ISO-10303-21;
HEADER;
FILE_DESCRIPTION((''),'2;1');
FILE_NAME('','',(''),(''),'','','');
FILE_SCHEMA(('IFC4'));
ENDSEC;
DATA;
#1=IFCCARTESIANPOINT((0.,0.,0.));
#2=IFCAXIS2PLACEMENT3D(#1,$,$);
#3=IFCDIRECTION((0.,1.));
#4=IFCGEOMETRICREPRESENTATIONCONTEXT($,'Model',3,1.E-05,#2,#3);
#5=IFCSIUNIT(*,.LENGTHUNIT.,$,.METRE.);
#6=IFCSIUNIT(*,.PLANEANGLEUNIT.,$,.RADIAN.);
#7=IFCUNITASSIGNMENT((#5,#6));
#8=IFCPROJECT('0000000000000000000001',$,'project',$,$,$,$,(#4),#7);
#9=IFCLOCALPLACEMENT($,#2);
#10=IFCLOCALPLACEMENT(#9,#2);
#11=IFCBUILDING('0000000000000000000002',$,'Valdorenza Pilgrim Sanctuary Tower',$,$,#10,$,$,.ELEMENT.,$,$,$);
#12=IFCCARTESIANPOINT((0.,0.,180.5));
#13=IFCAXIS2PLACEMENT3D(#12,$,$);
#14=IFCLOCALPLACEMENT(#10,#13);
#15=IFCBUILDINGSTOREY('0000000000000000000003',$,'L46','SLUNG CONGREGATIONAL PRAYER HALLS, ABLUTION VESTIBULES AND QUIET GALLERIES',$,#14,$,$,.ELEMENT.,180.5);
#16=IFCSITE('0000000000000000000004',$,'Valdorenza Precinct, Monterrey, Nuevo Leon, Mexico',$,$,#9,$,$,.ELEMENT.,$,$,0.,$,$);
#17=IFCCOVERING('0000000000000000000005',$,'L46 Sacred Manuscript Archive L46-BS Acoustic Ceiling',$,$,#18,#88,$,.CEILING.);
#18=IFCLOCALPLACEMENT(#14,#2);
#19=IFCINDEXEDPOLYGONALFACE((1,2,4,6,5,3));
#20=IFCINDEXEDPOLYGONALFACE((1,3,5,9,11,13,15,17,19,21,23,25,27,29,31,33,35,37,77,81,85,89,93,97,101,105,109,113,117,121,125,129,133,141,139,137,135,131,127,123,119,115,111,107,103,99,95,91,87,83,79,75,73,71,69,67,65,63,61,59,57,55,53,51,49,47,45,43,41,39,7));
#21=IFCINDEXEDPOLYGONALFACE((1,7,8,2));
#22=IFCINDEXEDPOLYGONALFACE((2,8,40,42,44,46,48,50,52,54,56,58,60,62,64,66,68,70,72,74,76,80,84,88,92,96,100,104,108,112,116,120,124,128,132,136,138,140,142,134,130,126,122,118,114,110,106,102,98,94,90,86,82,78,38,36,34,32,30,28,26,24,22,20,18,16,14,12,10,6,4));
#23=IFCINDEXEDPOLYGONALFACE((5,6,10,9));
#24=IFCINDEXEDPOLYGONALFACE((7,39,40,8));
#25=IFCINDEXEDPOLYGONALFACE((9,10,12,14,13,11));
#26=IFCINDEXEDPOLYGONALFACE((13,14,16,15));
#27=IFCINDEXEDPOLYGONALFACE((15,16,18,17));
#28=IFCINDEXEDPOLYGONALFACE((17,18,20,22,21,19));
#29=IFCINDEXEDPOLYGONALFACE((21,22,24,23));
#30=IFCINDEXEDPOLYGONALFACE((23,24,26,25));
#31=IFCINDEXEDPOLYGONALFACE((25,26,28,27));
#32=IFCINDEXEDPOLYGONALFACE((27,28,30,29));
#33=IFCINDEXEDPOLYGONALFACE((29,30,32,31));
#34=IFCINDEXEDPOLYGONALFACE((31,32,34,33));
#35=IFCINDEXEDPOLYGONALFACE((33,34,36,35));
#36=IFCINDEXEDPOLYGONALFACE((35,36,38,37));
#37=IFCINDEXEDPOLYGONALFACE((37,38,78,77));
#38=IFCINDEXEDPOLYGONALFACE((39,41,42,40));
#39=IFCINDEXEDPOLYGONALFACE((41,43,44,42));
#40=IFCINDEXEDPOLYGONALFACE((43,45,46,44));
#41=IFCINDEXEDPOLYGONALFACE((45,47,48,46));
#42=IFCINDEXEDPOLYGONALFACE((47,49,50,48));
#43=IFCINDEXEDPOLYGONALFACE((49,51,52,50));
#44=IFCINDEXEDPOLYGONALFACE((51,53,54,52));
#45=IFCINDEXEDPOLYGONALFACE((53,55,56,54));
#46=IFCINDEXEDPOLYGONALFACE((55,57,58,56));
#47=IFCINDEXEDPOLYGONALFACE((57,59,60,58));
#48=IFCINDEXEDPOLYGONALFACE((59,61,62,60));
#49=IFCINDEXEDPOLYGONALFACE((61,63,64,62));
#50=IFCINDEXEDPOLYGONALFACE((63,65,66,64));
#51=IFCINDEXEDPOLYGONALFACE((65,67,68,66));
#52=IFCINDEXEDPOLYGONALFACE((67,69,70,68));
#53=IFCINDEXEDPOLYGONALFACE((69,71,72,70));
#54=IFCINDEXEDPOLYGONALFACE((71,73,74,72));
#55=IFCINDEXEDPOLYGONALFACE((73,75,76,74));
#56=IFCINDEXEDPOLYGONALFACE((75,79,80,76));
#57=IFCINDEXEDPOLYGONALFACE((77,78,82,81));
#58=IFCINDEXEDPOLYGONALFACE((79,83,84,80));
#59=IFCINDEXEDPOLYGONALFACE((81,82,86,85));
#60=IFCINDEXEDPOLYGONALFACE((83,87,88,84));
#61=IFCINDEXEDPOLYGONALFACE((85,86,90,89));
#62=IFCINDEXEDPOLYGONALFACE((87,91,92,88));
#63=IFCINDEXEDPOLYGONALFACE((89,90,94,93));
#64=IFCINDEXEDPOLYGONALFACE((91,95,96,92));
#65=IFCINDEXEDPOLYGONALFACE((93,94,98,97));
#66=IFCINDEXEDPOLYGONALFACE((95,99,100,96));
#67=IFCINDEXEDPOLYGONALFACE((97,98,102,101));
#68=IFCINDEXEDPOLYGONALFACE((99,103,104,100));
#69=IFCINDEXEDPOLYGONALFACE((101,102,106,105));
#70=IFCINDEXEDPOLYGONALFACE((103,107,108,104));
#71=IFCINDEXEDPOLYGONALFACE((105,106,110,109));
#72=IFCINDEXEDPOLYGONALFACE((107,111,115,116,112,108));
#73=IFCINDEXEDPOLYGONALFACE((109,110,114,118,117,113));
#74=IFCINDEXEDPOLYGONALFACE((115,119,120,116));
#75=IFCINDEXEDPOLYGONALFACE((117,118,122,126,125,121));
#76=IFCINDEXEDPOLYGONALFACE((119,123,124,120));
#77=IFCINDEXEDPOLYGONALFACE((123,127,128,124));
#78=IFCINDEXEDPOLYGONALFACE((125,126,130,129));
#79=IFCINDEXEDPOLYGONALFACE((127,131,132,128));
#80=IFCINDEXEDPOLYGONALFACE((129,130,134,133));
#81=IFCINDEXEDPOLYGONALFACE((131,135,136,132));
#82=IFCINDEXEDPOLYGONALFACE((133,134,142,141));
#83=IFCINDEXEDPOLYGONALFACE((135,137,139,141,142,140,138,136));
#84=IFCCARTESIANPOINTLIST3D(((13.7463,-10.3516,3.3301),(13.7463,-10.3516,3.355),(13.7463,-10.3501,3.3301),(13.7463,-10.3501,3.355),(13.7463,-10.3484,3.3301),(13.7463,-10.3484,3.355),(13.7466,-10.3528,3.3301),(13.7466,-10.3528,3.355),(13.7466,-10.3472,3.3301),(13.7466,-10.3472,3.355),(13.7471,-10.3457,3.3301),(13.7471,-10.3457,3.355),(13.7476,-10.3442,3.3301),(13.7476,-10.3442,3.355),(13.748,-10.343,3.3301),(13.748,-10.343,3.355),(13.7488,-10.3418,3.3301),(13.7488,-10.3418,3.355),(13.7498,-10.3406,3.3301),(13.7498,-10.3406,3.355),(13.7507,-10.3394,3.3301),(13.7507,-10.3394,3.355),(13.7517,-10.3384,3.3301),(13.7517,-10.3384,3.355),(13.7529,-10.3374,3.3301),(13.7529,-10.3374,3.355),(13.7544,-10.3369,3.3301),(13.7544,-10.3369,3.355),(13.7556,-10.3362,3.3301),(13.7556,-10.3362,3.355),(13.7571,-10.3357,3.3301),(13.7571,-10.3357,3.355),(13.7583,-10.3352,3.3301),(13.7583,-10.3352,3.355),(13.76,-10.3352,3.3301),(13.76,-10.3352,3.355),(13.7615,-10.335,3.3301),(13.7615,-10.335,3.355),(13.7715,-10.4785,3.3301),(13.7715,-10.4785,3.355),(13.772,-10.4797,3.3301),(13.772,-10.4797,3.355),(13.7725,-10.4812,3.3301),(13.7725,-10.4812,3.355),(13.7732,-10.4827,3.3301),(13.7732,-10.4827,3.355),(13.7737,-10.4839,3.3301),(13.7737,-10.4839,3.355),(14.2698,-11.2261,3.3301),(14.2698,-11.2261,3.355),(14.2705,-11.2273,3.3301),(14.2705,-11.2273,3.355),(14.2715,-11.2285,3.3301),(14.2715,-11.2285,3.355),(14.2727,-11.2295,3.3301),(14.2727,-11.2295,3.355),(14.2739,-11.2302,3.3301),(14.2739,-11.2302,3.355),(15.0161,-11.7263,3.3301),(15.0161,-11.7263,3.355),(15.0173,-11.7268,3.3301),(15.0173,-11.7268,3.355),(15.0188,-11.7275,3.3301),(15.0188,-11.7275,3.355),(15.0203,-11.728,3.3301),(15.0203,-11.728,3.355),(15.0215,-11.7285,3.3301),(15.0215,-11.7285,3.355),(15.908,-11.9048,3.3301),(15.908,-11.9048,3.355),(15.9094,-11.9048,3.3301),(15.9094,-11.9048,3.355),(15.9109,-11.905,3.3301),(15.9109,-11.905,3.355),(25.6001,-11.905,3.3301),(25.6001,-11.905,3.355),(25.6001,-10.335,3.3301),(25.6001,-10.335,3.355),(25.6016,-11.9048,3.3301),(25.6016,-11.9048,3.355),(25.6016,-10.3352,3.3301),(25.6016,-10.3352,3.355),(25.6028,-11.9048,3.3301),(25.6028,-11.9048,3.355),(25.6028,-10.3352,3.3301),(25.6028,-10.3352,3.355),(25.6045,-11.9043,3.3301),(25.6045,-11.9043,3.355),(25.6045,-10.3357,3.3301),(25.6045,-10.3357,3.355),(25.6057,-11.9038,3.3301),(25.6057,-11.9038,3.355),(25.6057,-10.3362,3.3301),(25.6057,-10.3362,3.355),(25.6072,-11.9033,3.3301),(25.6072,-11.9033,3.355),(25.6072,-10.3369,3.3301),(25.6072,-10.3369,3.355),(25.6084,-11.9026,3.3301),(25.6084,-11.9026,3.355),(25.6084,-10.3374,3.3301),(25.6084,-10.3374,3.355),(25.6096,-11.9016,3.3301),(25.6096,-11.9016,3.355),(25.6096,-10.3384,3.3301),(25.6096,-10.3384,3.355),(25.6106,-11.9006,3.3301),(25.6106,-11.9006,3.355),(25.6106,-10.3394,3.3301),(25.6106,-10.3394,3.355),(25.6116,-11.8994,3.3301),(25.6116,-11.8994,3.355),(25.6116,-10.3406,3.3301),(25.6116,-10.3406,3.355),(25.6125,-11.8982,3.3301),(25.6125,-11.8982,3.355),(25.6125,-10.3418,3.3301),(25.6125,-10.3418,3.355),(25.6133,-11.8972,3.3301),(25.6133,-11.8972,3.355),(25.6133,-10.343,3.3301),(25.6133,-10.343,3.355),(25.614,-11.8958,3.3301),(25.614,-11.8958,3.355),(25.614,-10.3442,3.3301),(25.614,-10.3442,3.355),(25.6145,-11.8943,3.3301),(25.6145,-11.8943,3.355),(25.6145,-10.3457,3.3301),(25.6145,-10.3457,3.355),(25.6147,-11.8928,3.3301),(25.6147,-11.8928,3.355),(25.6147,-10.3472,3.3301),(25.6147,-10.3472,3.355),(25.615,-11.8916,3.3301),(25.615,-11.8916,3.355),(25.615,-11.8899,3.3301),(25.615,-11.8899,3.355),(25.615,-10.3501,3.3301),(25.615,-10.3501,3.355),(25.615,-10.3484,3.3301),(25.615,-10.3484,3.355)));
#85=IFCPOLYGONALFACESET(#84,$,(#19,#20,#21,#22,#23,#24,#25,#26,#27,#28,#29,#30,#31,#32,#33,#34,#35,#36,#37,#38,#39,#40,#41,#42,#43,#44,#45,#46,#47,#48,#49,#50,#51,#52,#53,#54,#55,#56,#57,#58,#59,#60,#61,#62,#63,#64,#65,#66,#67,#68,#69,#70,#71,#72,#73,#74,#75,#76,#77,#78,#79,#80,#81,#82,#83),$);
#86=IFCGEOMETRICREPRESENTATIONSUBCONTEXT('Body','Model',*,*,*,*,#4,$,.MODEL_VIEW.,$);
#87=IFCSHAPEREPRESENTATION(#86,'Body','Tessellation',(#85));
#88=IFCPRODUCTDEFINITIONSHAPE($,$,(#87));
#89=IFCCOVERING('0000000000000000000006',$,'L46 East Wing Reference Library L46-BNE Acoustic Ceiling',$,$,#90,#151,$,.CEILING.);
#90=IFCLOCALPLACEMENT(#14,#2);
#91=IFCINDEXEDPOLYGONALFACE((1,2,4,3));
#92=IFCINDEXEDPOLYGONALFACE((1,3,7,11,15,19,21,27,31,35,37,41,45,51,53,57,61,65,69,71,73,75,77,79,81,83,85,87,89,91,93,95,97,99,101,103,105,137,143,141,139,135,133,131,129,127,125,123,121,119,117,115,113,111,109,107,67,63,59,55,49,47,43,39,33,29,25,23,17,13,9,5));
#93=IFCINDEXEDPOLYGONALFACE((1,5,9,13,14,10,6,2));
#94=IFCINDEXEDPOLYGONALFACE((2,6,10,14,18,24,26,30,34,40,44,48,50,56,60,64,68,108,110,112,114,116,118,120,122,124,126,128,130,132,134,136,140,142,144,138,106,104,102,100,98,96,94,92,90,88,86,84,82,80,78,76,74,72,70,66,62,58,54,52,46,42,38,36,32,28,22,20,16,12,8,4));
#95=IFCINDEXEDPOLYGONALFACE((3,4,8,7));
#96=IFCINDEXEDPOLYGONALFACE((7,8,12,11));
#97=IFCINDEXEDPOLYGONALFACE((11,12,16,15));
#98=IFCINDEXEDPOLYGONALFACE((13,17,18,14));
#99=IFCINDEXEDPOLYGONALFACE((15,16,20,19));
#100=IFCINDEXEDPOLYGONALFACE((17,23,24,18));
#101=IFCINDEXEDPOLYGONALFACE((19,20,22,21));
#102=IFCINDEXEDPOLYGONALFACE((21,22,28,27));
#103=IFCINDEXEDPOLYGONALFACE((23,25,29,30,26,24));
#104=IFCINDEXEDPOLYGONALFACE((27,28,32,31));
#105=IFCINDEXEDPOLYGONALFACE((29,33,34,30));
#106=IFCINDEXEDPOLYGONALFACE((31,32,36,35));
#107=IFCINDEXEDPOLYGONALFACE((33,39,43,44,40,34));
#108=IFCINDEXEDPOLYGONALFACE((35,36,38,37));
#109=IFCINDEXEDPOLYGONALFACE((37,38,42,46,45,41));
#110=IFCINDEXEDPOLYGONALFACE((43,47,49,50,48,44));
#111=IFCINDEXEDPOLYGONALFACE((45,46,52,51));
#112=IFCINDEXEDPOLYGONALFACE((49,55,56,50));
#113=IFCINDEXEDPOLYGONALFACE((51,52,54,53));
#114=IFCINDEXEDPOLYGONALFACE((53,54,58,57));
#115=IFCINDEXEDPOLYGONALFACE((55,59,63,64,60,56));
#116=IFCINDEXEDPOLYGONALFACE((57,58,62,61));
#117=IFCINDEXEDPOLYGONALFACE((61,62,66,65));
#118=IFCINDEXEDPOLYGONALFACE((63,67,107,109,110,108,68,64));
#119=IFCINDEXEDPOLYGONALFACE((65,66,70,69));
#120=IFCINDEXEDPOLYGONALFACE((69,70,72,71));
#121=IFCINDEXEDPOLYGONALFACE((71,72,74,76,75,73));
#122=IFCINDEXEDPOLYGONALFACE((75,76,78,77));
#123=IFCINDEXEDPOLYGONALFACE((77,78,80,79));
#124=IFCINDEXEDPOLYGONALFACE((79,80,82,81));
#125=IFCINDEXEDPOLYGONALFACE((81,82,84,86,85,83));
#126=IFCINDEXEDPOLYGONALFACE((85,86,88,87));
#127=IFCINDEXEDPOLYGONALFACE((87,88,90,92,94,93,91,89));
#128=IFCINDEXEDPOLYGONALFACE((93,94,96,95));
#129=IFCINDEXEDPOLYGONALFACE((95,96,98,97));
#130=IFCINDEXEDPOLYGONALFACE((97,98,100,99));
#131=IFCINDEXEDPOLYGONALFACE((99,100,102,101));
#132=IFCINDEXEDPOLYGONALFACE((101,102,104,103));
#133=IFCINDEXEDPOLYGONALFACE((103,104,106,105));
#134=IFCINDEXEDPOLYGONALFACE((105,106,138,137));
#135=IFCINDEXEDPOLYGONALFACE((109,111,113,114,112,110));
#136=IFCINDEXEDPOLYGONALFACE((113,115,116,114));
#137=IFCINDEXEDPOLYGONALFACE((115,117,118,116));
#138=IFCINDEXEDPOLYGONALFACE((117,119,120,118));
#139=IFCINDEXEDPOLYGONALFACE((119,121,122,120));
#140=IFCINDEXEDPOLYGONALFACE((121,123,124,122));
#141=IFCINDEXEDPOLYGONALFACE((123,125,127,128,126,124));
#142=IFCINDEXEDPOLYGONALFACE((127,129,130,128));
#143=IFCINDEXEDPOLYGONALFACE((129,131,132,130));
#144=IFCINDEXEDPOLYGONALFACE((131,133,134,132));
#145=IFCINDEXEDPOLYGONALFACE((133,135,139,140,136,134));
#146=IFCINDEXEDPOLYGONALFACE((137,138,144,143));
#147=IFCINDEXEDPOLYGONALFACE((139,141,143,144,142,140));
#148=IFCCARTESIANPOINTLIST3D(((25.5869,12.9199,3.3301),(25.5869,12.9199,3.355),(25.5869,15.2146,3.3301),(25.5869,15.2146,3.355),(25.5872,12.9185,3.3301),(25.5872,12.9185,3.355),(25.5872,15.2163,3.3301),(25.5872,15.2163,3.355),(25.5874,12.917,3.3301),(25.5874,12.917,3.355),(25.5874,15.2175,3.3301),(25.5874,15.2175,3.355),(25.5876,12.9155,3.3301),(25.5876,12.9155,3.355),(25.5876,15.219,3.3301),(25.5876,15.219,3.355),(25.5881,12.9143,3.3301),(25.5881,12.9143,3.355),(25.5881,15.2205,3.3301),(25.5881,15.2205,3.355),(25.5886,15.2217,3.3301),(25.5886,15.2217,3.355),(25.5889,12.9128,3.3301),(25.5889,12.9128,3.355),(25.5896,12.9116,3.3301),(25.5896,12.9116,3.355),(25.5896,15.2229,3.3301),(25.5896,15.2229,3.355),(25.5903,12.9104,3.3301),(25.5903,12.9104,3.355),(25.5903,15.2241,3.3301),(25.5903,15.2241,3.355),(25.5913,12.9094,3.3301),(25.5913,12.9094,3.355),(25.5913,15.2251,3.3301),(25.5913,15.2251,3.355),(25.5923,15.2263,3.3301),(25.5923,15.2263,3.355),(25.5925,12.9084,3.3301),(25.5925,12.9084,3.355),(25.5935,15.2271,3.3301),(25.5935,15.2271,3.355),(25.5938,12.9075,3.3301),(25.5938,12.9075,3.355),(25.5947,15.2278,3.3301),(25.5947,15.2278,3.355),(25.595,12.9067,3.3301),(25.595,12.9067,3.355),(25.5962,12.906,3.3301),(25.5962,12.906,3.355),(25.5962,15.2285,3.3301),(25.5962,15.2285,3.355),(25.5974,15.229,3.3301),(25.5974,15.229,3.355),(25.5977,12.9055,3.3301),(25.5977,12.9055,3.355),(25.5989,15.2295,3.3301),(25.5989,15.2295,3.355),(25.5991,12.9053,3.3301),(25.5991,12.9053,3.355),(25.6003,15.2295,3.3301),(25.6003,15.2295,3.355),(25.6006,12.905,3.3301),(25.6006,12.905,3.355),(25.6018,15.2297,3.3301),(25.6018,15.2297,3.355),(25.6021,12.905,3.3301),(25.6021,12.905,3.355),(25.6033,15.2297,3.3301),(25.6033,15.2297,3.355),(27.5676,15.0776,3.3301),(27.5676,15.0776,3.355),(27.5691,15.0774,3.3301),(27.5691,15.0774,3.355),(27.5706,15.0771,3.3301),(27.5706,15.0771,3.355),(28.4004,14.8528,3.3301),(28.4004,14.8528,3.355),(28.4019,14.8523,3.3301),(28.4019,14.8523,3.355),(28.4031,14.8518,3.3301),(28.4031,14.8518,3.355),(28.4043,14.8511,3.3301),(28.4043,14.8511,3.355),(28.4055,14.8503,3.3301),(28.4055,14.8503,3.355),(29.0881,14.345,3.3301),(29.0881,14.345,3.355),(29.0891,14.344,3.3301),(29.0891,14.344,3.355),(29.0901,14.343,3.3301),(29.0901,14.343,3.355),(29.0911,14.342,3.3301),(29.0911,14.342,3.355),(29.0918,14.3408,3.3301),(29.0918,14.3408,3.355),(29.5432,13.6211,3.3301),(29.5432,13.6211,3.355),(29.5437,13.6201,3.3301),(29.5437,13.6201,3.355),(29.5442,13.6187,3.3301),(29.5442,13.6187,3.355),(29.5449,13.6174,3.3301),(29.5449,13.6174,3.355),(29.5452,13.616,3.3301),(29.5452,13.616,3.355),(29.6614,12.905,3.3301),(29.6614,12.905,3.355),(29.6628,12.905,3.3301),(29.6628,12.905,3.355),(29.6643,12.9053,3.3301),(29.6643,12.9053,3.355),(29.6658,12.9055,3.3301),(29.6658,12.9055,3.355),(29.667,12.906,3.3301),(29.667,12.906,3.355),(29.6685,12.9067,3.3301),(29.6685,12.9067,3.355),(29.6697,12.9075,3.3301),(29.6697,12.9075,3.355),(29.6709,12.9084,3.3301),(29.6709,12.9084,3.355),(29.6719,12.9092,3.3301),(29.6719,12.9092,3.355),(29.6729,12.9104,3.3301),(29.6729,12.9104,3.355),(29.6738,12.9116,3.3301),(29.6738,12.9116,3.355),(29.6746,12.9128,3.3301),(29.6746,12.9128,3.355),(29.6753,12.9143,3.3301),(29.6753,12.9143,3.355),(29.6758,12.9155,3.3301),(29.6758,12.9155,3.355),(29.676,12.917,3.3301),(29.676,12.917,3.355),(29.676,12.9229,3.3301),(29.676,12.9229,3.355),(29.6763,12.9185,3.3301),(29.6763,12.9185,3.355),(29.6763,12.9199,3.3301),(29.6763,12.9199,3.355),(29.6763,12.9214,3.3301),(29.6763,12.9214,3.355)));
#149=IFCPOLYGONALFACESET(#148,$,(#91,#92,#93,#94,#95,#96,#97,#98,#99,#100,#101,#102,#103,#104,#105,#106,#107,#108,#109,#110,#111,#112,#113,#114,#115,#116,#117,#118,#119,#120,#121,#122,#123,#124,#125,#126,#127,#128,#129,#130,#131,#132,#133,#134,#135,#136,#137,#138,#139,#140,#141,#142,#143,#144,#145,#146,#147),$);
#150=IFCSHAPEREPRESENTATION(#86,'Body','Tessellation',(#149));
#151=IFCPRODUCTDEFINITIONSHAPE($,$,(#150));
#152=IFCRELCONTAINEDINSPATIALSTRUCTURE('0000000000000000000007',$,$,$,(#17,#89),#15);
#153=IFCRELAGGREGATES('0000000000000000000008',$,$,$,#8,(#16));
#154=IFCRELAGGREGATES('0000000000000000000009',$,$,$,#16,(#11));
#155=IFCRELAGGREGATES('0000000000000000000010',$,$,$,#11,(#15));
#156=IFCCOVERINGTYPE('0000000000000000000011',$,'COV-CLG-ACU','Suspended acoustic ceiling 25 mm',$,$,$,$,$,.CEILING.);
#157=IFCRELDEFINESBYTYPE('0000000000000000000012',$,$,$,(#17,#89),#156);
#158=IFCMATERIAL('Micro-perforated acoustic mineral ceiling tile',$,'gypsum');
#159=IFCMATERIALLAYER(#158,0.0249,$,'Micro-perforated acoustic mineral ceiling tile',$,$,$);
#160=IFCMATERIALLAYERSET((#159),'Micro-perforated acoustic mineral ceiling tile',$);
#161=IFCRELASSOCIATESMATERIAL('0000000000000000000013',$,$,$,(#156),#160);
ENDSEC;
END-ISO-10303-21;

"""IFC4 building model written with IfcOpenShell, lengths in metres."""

from ifc_helpers import new_model, si_unit, direction, frame, origin, place, context, subcontext, project, spatial, polyline, outline, extrude, material, layer, layer_set, type_object, element, save


model = new_model("IFC4")

# Units and contexts
model_context = context("Model", 3, precision=1e-05, world=origin(), true_north=direction((0.0, 1.0)))
body_context = subcontext(model_context, "Body", "Model", "MODEL_VIEW")
ifc_project = project(units=[si_unit("LENGTHUNIT", "METRE"), si_unit("PLANEANGLEUNIT", "RADIAN")], contexts=[model_context])

# Site, building, storey
site_placement = place(None, origin())
site = spatial("IfcSite", under=ifc_project, at=site_placement, Name="Valdorenza Precinct, Monterrey, Nuevo Leon, Mexico", CompositionType="ELEMENT", RefElevation=0.0)
building_placement = place(site_placement, origin())
building = spatial("IfcBuilding", under=site, at=building_placement, Name="Valdorenza Pilgrim Sanctuary Tower", CompositionType="ELEMENT")
storey_placement = place(building_placement, frame((0.0, 0.0, 180.5)))
storey = spatial("IfcBuildingStorey", under=building, at=storey_placement, Name="L46", Description="SLUNG CONGREGATIONAL PRAYER HALLS, ABLUTION VESTIBULES AND QUIET GALLERIES", CompositionType="ELEMENT", Elevation=180.5)

# Coverings
ifc_material_1 = material(Name="Micro-perforated acoustic mineral ceiling tile", Category="gypsum")
ifc_layer_1 = layer(ifc_material_1, 0.0249, Name="Micro-perforated acoustic mineral ceiling tile")
ifc_layer_set_1 = layer_set([ifc_layer_1], Name="Micro-perforated acoustic mineral ceiling tile")
covering_type_1 = type_object("IfcCoveringType", Name="COV-CLG-ACU", Description="Suspended acoustic ceiling 25 mm", PredefinedType="CEILING", material=ifc_layer_set_1)
covering_1_placement = place(storey_placement, frame((0.0, 0.0, 3.3301)))
element("IfcCovering", 1, at=covering_1_placement, inside=storey, type_object=covering_type_1, Name="L46 Sacred Manuscript Archive L46-BS Acoustic Ceiling", PredefinedType="CEILING", context=body_context, shape_type="SweptSolid", body=[
    extrude(outline(polyline([(25.615, -11.8899), (25.615, -11.8916), (25.6147, -11.8928), (25.6145, -11.8943), (25.614, -11.8958), (25.6133, -11.8972), (25.6125, -11.8982), (25.6116, -11.8994), (25.6106, -11.9006), (25.6096, -11.9016), (25.6084, -11.9026), (25.6072, -11.9033), (25.6057, -11.9038), (25.6045, -11.9043), (25.6028, -11.9048), (25.6016, -11.9048), (25.6001, -11.905), (15.9109, -11.905), (15.9094, -11.9048), (15.908, -11.9048), (15.0215, -11.7285), (15.0203, -11.728), (15.0188, -11.7275), (15.0173, -11.7268), (15.0161, -11.7263), (14.2739, -11.2302), (14.2727, -11.2295), (14.2715, -11.2285), (14.2705, -11.2273), (14.2698, -11.2261), (13.7737, -10.4839), (13.7732, -10.4827), (13.7725, -10.4812), (13.772, -10.4797), (13.7715, -10.4785), (13.7466, -10.3528), (13.7463, -10.3516), (13.7463, -10.3501), (13.7463, -10.3484), (13.7466, -10.3472), (13.7471, -10.3457), (13.7476, -10.3442), (13.748, -10.343), (13.7488, -10.3418), (13.7498, -10.3406), (13.7507, -10.3394), (13.7517, -10.3384), (13.7529, -10.3374), (13.7544, -10.3369), (13.7556, -10.3362), (13.7571, -10.3357), (13.7583, -10.3352), (13.76, -10.3352), (13.7615, -10.335), (25.6001, -10.335), (25.6016, -10.3352), (25.6028, -10.3352), (25.6045, -10.3357), (25.6057, -10.3362), (25.6072, -10.3369), (25.6084, -10.3374), (25.6096, -10.3384), (25.6106, -10.3394), (25.6116, -10.3406), (25.6125, -10.3418), (25.6133, -10.343), (25.614, -10.3442), (25.6145, -10.3457), (25.6147, -10.3472), (25.615, -10.3484), (25.615, -10.3501), (25.615, -11.8899)])), origin(), (0.0, 0.0, 1.0), 0.0249),
])
covering_2_placement = place(storey_placement, frame((0.0, 0.0, 3.3301)))
element("IfcCovering", 2, at=covering_2_placement, inside=storey, type_object=covering_type_1, Name="L46 East Wing Reference Library L46-BNE Acoustic Ceiling", PredefinedType="CEILING", context=body_context, shape_type="SweptSolid", body=[
    extrude(outline(polyline([(27.5676, 15.0776), (27.5691, 15.0774), (27.5706, 15.0771), (28.4004, 14.8528), (28.4019, 14.8523), (28.4031, 14.8518), (28.4043, 14.8511), (28.4055, 14.8503), (29.0881, 14.345), (29.0891, 14.344), (29.0901, 14.343), (29.0911, 14.342), (29.0918, 14.3408), (29.5432, 13.6211), (29.5437, 13.6201), (29.5442, 13.6187), (29.5449, 13.6174), (29.5452, 13.616), (29.676, 12.9229), (29.6763, 12.9214), (29.6763, 12.9199), (29.6763, 12.9185), (29.676, 12.917), (29.6758, 12.9155), (29.6753, 12.9143), (29.6746, 12.9128), (29.6738, 12.9116), (29.6729, 12.9104), (29.6719, 12.9092), (29.6709, 12.9084), (29.6697, 12.9075), (29.6685, 12.9067), (29.667, 12.906), (29.6658, 12.9055), (29.6643, 12.9053), (29.6628, 12.905), (29.6614, 12.905), (25.6021, 12.905), (25.6006, 12.905), (25.5991, 12.9053), (25.5977, 12.9055), (25.5962, 12.906), (25.595, 12.9067), (25.5938, 12.9075), (25.5925, 12.9084), (25.5913, 12.9094), (25.5903, 12.9104), (25.5896, 12.9116), (25.5889, 12.9128), (25.5881, 12.9143), (25.5876, 12.9155), (25.5874, 12.917), (25.5872, 12.9185), (25.5869, 12.9199), (25.5869, 15.2146), (25.5872, 15.2163), (25.5874, 15.2175), (25.5876, 15.219), (25.5881, 15.2205), (25.5886, 15.2217), (25.5896, 15.2229), (25.5903, 15.2241), (25.5913, 15.2251), (25.5923, 15.2263), (25.5935, 15.2271), (25.5947, 15.2278), (25.5962, 15.2285), (25.5974, 15.229), (25.5989, 15.2295), (25.6003, 15.2295), (25.6018, 15.2297), (25.6033, 15.2297), (27.5676, 15.0776)])), origin(), (0.0, 0.0, 1.0), 0.0249),
])

save(model, "model.ifc")
